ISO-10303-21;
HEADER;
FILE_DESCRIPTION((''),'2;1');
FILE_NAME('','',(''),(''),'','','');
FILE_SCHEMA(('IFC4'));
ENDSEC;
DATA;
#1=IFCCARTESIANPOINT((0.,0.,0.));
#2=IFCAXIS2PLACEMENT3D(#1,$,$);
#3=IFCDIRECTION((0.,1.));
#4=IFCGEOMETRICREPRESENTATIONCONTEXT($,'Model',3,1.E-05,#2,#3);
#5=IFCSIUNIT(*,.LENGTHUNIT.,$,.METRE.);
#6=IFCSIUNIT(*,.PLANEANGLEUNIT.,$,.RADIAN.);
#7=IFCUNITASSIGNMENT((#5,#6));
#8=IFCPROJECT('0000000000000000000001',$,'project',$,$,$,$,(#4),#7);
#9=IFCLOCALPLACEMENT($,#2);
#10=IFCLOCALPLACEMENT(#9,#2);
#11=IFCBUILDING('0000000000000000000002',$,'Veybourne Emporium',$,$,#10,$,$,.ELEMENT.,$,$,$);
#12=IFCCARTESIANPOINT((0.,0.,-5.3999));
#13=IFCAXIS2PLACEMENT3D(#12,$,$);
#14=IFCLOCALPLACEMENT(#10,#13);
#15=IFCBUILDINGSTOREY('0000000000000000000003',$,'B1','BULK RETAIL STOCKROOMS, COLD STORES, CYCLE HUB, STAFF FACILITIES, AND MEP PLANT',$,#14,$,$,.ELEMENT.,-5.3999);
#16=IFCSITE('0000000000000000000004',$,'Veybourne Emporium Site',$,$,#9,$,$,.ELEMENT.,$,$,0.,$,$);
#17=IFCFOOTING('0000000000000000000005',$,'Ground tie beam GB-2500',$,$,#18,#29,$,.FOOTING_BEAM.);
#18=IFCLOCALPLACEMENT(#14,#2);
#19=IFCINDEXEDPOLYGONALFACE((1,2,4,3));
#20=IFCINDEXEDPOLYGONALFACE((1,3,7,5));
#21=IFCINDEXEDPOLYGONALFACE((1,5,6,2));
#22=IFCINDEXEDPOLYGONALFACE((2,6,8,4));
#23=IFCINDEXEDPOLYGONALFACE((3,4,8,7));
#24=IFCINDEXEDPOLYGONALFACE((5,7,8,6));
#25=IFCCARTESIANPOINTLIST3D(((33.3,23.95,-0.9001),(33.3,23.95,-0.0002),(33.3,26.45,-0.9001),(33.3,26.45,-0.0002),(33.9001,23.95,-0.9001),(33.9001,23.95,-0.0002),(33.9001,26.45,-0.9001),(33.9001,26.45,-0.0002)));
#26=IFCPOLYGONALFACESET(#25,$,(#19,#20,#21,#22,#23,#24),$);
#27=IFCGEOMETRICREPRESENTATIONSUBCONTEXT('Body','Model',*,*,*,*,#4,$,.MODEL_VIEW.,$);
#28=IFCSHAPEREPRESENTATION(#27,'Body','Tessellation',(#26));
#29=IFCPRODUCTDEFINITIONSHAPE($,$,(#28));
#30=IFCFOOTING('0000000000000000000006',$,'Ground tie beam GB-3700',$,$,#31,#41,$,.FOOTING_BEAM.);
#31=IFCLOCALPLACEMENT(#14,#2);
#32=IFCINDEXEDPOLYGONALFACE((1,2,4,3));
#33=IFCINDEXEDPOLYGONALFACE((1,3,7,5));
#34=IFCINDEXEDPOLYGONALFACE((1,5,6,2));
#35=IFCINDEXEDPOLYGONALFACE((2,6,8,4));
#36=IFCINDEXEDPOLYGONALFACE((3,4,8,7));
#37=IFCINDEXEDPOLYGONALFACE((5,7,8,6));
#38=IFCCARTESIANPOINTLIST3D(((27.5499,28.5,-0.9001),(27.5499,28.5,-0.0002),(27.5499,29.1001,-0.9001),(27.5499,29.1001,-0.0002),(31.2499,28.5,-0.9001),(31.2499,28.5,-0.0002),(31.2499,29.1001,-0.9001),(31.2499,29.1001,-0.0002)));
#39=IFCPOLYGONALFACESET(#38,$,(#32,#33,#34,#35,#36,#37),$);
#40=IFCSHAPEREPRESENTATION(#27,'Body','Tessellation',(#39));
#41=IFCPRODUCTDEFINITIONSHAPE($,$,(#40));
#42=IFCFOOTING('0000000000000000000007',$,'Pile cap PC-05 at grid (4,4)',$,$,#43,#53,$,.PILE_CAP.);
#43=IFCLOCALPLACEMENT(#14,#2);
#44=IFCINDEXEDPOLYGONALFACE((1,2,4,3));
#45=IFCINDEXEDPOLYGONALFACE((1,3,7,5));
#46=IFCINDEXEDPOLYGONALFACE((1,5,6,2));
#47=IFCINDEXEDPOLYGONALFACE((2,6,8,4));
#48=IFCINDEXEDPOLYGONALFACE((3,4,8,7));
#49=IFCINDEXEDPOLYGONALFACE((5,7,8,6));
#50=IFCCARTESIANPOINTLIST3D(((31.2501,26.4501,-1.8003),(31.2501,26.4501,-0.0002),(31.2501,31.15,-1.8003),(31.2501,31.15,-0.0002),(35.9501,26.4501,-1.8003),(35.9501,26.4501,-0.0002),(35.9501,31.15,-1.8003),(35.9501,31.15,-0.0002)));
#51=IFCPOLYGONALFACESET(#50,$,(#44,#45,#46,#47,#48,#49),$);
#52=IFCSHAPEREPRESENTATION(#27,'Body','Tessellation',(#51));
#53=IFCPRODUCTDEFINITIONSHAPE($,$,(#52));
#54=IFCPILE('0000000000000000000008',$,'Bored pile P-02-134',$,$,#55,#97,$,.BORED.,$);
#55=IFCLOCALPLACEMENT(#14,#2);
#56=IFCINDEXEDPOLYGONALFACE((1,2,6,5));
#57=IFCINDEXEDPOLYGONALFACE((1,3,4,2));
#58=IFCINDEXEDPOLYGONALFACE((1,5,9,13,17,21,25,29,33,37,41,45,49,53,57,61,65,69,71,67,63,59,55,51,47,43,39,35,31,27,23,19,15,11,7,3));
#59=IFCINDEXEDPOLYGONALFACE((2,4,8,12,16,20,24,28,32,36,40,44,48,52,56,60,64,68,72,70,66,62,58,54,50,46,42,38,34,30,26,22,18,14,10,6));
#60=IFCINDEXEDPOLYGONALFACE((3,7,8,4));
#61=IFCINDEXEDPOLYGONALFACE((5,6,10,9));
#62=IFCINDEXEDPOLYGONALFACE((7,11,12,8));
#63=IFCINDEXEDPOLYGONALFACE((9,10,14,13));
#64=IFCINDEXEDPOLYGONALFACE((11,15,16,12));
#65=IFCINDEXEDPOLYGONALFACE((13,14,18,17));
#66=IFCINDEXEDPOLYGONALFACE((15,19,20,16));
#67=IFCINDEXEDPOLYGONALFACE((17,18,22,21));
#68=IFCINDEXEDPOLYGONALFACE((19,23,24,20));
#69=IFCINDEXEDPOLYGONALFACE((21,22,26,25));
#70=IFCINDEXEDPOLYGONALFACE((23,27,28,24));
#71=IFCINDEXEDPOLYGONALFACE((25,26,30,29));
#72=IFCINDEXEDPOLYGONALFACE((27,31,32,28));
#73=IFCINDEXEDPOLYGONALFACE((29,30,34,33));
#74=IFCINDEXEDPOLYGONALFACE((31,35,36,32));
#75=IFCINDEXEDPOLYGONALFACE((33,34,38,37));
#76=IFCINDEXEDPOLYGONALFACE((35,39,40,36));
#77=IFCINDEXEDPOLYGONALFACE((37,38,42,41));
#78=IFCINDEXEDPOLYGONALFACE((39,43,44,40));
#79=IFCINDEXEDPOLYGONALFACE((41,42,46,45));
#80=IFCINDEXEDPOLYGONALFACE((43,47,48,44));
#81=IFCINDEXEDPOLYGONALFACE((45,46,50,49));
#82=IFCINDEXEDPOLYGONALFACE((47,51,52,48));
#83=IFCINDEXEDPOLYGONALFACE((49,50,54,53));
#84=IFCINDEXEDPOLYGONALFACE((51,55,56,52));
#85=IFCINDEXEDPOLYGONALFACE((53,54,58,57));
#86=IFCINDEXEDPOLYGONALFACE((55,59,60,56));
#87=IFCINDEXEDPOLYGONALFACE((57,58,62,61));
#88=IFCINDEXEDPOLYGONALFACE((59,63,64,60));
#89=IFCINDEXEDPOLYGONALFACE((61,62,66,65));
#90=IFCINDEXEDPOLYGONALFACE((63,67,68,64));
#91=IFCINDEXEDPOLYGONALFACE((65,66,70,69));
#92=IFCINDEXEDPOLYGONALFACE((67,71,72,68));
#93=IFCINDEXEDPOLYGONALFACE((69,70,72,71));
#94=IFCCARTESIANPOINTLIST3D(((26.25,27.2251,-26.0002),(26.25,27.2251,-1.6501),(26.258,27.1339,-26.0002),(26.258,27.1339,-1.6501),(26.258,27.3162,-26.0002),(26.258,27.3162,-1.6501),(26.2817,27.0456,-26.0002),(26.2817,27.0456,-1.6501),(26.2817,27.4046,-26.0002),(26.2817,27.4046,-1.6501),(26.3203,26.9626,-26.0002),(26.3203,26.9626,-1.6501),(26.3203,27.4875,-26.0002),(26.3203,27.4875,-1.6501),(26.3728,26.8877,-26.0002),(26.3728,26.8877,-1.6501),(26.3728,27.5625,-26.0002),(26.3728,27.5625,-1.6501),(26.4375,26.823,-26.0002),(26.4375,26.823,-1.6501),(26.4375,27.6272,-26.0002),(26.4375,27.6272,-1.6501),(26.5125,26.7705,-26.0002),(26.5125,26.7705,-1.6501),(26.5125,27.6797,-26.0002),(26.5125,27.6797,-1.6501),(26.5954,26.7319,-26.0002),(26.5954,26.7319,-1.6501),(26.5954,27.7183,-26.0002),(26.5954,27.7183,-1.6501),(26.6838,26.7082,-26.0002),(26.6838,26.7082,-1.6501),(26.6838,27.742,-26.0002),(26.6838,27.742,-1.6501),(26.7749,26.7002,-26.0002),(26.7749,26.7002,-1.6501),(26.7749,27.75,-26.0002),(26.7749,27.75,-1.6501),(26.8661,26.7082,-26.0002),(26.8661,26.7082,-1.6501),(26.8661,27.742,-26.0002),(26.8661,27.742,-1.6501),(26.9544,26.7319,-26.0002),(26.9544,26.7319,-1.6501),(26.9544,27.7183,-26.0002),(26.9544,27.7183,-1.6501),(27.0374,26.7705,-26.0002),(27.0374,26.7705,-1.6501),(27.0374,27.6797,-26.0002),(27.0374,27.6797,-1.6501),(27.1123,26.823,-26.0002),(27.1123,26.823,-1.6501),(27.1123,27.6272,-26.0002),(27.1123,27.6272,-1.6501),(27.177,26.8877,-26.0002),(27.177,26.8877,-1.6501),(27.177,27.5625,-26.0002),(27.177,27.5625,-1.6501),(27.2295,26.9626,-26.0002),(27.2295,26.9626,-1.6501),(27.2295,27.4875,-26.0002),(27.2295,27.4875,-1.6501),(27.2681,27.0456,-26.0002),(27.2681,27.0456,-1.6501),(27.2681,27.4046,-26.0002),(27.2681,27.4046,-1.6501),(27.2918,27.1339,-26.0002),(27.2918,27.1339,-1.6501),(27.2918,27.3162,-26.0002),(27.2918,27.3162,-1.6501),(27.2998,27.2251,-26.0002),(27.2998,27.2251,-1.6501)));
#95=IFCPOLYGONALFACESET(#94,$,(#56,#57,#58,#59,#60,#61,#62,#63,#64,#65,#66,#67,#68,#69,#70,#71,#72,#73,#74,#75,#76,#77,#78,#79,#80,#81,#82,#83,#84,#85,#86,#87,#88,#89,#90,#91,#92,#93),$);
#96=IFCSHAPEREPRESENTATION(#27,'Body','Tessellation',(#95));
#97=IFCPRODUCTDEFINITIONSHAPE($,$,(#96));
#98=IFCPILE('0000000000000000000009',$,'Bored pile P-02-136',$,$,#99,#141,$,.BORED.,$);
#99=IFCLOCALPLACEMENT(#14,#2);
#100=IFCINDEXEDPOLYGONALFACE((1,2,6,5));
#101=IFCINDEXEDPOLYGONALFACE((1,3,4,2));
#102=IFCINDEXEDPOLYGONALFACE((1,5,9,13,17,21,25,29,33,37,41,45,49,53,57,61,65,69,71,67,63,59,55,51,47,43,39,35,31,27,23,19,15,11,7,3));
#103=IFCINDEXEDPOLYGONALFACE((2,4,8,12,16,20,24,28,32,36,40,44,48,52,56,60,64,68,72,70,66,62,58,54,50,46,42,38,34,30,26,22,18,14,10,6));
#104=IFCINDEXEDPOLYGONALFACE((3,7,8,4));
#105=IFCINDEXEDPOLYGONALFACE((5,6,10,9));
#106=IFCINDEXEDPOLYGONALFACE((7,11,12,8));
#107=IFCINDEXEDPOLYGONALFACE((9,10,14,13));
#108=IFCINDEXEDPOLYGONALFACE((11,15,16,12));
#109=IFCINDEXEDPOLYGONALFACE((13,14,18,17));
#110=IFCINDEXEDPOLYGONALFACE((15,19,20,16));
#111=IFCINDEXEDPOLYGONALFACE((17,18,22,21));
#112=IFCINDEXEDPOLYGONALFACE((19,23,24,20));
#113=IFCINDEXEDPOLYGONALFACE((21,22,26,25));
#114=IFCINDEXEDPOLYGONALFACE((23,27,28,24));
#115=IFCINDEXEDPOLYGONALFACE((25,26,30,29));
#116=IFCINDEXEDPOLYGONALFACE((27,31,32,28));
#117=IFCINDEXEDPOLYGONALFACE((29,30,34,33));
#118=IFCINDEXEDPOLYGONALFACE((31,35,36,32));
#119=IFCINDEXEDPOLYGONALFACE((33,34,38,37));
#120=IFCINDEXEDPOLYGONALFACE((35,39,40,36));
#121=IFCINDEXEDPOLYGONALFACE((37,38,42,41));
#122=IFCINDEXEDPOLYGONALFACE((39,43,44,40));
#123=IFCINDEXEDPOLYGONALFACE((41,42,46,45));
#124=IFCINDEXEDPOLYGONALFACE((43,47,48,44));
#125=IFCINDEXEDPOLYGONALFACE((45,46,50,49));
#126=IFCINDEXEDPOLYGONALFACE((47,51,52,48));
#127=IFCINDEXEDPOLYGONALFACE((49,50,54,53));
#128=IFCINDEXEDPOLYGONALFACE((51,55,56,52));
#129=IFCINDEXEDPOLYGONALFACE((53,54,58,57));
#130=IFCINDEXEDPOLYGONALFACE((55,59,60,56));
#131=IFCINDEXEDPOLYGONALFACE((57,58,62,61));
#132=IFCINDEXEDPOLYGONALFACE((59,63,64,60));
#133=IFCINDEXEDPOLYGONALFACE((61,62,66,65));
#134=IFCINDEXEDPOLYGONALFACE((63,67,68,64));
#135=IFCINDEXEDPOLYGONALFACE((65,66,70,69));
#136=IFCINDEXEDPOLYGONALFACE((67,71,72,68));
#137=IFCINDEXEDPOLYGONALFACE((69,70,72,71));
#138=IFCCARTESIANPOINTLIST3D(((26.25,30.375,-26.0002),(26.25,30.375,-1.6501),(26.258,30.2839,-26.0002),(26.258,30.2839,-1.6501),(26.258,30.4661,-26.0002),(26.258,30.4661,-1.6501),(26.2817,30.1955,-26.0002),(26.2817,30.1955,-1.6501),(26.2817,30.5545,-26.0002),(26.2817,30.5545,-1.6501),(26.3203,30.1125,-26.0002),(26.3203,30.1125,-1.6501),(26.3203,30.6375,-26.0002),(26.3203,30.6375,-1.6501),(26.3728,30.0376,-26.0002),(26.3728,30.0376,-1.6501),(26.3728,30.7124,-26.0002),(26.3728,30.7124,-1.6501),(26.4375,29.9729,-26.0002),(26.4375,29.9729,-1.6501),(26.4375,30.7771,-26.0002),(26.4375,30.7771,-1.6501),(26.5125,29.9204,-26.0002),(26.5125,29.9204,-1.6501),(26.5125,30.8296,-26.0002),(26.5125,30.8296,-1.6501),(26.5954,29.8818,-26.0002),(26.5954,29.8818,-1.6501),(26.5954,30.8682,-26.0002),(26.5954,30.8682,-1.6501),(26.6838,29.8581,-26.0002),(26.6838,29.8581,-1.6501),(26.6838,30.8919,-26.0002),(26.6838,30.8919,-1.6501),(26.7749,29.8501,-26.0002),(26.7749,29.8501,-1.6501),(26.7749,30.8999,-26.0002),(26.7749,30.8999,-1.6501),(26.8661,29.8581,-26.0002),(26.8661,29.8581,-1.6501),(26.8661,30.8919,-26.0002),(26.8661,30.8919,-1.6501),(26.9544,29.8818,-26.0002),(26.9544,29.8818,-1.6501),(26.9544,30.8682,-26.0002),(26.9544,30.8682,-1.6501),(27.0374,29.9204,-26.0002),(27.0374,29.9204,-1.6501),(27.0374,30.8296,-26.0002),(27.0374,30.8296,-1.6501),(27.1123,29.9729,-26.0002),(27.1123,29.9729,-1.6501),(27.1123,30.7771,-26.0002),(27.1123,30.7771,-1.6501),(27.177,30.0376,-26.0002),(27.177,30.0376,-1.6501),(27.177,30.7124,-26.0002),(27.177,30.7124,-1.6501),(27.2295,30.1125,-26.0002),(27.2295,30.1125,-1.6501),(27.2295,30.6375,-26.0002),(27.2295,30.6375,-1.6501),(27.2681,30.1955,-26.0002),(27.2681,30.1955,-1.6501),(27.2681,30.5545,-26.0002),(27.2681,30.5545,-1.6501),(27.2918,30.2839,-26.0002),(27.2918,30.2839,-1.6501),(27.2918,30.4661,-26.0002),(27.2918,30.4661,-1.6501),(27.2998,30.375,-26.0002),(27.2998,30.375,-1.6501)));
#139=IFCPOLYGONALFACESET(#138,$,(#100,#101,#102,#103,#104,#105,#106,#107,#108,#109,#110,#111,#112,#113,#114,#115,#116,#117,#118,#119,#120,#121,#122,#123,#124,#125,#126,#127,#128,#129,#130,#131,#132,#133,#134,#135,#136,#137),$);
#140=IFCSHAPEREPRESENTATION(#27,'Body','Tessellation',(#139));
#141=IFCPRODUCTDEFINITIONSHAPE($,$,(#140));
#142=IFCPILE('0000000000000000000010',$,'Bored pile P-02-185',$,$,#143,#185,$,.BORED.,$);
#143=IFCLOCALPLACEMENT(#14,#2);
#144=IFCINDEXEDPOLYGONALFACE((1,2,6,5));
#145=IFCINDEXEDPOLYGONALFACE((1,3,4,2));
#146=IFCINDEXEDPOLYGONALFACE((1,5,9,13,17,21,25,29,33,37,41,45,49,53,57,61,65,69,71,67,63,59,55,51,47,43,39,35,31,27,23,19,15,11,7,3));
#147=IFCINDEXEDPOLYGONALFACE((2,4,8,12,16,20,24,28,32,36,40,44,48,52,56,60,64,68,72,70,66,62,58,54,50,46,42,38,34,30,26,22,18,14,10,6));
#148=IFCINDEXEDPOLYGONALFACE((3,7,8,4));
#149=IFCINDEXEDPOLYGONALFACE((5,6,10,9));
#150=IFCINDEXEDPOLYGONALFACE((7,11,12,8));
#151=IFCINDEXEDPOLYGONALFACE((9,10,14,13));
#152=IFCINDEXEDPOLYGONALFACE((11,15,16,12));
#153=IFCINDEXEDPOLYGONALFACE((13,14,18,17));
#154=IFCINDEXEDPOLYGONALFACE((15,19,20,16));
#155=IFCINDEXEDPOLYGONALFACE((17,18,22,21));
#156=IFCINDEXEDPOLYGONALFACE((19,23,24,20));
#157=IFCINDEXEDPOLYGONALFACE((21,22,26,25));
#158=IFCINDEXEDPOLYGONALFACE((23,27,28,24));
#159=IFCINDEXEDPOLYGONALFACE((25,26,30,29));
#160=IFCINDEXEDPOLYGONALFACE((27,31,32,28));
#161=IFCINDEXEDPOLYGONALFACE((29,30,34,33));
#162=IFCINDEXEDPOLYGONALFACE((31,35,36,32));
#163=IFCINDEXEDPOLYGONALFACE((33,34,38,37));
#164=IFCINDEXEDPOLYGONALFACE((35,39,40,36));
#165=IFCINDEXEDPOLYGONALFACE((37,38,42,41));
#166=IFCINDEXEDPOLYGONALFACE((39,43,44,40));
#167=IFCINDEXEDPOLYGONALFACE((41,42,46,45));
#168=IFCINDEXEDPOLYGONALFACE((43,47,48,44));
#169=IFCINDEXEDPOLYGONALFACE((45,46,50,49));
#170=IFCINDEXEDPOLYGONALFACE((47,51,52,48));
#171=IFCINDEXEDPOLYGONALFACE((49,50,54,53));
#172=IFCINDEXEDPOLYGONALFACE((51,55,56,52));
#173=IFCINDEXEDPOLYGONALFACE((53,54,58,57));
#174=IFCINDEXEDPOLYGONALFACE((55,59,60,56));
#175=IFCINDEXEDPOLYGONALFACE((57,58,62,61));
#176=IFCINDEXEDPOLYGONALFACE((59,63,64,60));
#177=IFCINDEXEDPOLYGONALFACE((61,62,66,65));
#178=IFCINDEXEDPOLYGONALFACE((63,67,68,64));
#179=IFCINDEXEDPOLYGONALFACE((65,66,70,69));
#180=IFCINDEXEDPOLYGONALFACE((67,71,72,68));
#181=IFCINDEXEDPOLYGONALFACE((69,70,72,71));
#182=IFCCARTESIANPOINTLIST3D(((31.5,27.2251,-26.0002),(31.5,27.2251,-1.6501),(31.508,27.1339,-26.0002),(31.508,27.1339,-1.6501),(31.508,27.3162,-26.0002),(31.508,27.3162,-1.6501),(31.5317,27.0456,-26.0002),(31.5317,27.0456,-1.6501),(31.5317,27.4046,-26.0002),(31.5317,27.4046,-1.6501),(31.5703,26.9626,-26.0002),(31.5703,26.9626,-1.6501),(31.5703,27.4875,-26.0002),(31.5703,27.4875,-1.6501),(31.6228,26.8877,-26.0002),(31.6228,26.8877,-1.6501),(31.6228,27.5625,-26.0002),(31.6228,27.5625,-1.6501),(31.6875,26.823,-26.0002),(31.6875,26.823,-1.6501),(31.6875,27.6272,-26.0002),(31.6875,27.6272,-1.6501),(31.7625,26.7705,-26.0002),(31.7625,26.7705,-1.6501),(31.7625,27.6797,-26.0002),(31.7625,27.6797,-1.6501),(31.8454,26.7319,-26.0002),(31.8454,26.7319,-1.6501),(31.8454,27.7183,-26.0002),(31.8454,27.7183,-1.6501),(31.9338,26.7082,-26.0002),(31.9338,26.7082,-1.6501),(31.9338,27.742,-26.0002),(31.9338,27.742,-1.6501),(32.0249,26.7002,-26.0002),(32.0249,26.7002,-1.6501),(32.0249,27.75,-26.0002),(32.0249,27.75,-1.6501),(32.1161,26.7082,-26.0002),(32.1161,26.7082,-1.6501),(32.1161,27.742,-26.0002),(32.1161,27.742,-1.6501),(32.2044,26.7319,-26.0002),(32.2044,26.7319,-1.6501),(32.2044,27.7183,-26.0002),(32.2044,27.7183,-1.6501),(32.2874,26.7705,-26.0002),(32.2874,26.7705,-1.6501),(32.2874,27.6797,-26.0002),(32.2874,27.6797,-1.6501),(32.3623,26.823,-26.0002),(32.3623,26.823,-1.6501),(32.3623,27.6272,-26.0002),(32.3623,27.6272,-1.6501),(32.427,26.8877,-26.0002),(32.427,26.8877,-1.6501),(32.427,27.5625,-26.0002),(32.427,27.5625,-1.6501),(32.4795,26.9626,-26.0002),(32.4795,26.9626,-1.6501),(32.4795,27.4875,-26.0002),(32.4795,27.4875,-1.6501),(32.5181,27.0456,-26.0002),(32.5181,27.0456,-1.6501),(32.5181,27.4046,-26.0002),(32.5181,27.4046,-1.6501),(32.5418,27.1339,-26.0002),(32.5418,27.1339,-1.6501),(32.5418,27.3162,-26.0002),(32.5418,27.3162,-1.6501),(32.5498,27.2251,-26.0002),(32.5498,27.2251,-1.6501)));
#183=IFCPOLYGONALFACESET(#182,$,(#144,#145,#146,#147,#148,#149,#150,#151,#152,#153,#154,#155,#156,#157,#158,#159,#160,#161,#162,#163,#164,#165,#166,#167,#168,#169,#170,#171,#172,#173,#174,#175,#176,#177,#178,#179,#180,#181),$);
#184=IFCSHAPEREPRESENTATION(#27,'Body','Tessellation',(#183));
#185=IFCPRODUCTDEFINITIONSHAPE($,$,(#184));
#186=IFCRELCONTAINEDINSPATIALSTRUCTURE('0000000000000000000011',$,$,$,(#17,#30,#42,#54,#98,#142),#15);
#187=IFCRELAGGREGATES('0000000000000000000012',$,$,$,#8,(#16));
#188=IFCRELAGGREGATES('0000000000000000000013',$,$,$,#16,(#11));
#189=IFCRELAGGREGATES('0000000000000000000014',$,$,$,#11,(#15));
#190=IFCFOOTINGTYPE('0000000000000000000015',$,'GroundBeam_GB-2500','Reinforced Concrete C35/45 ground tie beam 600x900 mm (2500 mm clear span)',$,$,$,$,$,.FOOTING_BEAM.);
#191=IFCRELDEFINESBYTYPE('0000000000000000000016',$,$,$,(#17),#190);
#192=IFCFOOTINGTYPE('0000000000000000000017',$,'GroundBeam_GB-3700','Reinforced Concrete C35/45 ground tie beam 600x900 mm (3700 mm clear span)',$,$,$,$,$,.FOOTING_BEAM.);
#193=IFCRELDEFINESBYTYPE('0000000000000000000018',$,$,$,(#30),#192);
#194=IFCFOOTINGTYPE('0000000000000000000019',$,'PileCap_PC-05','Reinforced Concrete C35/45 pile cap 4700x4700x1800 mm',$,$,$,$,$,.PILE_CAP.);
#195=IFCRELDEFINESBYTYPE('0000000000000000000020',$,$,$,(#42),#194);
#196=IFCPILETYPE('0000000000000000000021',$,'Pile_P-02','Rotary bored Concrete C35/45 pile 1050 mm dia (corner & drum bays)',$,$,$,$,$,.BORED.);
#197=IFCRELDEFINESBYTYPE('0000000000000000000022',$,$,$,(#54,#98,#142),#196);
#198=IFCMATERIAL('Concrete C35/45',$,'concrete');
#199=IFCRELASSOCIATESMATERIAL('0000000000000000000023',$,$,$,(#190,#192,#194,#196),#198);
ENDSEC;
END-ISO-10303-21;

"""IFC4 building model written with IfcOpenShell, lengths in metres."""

from ifc_helpers import new_model, si_unit, direction, frame, origin, origin_2d, place, context, subcontext, project, spatial, rectangle, circle, extrude, material, material_profile, profile_set, type_object, element, save


model = new_model("IFC4")

# Units and contexts
model_context = context("Model", 3, precision=1e-05, world=origin(), true_north=direction((0.0, 1.0)))
body_context = subcontext(model_context, "Body", "Model", "MODEL_VIEW")
ifc_project = project(units=[si_unit("LENGTHUNIT", "METRE"), si_unit("PLANEANGLEUNIT", "RADIAN")], contexts=[model_context])

# Site, building, storey
site_placement = place(None, origin())
site = spatial("IfcSite", under=ifc_project, at=site_placement, Name="Veybourne Emporium Site", CompositionType="ELEMENT", RefElevation=0.0)
building_placement = place(site_placement, origin())
building = spatial("IfcBuilding", under=site, at=building_placement, Name="Veybourne Emporium", CompositionType="ELEMENT")
storey_placement = place(building_placement, frame((0.0, 0.0, -5.3999)))
storey = spatial("IfcBuildingStorey", under=building, at=storey_placement, Name="B1", Description="BULK RETAIL STOCKROOMS, COLD STORES, CYCLE HUB, STAFF FACILITIES, AND MEP PLANT", CompositionType="ELEMENT", Elevation=-5.3999)

# Footings
ifc_material_1 = material(Name="Concrete C35/45", Category="concrete")
footing_type_1 = type_object("IfcFootingType", Name="GroundBeam_GB-2500", Description="Reinforced Concrete C35/45 ground tie beam 600x900 mm (2500 mm clear span)", PredefinedType="FOOTING_BEAM", material=ifc_material_1)
footing_1_placement = place(storey_placement, frame((33.6001, 25.2, -0.9001), z_axis=(0.0, 0.0, 1.0), x_axis=(0.0, 1.0, 0.0)))
element("IfcFooting", 1, at=footing_1_placement, inside=storey, type_object=footing_type_1, Name="Ground tie beam GB-2500", PredefinedType="FOOTING_BEAM", context=body_context, shape_type="SweptSolid", body=[
    extrude(rectangle(XDim=2.5, YDim=0.6001, at=origin_2d()), origin(), (0.0, 0.0, 1.0), 0.8999),
])
footing_type_2 = type_object("IfcFootingType", Name="GroundBeam_GB-3700", Description="Reinforced Concrete C35/45 ground tie beam 600x900 mm (3700 mm clear span)", PredefinedType="FOOTING_BEAM", material=ifc_material_1)
footing_2_placement = place(storey_placement, frame((29.3999, 28.8, -0.9001), z_axis=(0.0, 0.0, 1.0), x_axis=(1.0, 0.0, 0.0)))
element("IfcFooting", 2, at=footing_2_placement, inside=storey, type_object=footing_type_2, Name="Ground tie beam GB-3700", PredefinedType="FOOTING_BEAM", context=body_context, shape_type="SweptSolid", body=[
    extrude(rectangle(XDim=3.7, YDim=0.6001, at=origin_2d()), origin(), (0.0, 0.0, 1.0), 0.8999),
])
footing_type_3 = type_object("IfcFootingType", Name="PileCap_PC-05", Description="Reinforced Concrete C35/45 pile cap 4700x4700x1800 mm", PredefinedType="PILE_CAP", material=ifc_material_1)
footing_3_placement = place(storey_placement, frame((33.6001, 28.8, -1.8003), z_axis=(0.0, 0.0, 1.0), x_axis=(1.0, 0.0, 0.0)))
element("IfcFooting", 3, at=footing_3_placement, inside=storey, type_object=footing_type_3, Name="Pile cap PC-05 at grid (4,4)", PredefinedType="PILE_CAP", context=body_context, shape_type="SweptSolid", body=[
    extrude(rectangle(XDim=4.7, YDim=4.7, at=origin_2d()), origin(), (0.0, 0.0, 1.0), 1.8),
])

# Piles
ifc_material_profile_1 = material_profile(ifc_material_1, circle(Radius=0.5249, at=origin_2d()), Name="BORED PILE 1050")
ifc_profile_set_1 = profile_set([ifc_material_profile_1], Name="Concrete C35/45")
pile_type_1 = type_object("IfcPileType", Name="Pile_P-02", Description="Rotary bored Concrete C35/45 pile 1050 mm dia (corner & drum bays)", PredefinedType="BORED", material=ifc_profile_set_1)
for number, where, z_axis, x_axis, name in (
    (4, (26.7749, 27.2251, -1.6501), (0.0, 0.0, -1.0), (1.0, 0.0, 0.0), "Bored pile P-02-134"),
    (5, (26.7749, 30.375, -1.6501), (0.0, 0.0, -1.0), (1.0, 0.0, 0.0), "Bored pile P-02-136"),
    (6, (32.0249, 27.2251, -1.6501), (0.0, 0.0, -1.0), (1.0, 0.0, 0.0), "Bored pile P-02-185"),
):
    element("IfcPile", number, at=place(storey_placement, frame(where, z_axis=z_axis, x_axis=x_axis)), inside=storey, type_object=pile_type_1, Name=name, PredefinedType="BORED", context=body_context, shape_type="SweptSolid", body=[
        extrude(circle(Radius=0.5249, at=origin_2d()), origin(), (0.0, 0.0, 1.0), 24.3501),
    ])

save(model, "model.ifc")
